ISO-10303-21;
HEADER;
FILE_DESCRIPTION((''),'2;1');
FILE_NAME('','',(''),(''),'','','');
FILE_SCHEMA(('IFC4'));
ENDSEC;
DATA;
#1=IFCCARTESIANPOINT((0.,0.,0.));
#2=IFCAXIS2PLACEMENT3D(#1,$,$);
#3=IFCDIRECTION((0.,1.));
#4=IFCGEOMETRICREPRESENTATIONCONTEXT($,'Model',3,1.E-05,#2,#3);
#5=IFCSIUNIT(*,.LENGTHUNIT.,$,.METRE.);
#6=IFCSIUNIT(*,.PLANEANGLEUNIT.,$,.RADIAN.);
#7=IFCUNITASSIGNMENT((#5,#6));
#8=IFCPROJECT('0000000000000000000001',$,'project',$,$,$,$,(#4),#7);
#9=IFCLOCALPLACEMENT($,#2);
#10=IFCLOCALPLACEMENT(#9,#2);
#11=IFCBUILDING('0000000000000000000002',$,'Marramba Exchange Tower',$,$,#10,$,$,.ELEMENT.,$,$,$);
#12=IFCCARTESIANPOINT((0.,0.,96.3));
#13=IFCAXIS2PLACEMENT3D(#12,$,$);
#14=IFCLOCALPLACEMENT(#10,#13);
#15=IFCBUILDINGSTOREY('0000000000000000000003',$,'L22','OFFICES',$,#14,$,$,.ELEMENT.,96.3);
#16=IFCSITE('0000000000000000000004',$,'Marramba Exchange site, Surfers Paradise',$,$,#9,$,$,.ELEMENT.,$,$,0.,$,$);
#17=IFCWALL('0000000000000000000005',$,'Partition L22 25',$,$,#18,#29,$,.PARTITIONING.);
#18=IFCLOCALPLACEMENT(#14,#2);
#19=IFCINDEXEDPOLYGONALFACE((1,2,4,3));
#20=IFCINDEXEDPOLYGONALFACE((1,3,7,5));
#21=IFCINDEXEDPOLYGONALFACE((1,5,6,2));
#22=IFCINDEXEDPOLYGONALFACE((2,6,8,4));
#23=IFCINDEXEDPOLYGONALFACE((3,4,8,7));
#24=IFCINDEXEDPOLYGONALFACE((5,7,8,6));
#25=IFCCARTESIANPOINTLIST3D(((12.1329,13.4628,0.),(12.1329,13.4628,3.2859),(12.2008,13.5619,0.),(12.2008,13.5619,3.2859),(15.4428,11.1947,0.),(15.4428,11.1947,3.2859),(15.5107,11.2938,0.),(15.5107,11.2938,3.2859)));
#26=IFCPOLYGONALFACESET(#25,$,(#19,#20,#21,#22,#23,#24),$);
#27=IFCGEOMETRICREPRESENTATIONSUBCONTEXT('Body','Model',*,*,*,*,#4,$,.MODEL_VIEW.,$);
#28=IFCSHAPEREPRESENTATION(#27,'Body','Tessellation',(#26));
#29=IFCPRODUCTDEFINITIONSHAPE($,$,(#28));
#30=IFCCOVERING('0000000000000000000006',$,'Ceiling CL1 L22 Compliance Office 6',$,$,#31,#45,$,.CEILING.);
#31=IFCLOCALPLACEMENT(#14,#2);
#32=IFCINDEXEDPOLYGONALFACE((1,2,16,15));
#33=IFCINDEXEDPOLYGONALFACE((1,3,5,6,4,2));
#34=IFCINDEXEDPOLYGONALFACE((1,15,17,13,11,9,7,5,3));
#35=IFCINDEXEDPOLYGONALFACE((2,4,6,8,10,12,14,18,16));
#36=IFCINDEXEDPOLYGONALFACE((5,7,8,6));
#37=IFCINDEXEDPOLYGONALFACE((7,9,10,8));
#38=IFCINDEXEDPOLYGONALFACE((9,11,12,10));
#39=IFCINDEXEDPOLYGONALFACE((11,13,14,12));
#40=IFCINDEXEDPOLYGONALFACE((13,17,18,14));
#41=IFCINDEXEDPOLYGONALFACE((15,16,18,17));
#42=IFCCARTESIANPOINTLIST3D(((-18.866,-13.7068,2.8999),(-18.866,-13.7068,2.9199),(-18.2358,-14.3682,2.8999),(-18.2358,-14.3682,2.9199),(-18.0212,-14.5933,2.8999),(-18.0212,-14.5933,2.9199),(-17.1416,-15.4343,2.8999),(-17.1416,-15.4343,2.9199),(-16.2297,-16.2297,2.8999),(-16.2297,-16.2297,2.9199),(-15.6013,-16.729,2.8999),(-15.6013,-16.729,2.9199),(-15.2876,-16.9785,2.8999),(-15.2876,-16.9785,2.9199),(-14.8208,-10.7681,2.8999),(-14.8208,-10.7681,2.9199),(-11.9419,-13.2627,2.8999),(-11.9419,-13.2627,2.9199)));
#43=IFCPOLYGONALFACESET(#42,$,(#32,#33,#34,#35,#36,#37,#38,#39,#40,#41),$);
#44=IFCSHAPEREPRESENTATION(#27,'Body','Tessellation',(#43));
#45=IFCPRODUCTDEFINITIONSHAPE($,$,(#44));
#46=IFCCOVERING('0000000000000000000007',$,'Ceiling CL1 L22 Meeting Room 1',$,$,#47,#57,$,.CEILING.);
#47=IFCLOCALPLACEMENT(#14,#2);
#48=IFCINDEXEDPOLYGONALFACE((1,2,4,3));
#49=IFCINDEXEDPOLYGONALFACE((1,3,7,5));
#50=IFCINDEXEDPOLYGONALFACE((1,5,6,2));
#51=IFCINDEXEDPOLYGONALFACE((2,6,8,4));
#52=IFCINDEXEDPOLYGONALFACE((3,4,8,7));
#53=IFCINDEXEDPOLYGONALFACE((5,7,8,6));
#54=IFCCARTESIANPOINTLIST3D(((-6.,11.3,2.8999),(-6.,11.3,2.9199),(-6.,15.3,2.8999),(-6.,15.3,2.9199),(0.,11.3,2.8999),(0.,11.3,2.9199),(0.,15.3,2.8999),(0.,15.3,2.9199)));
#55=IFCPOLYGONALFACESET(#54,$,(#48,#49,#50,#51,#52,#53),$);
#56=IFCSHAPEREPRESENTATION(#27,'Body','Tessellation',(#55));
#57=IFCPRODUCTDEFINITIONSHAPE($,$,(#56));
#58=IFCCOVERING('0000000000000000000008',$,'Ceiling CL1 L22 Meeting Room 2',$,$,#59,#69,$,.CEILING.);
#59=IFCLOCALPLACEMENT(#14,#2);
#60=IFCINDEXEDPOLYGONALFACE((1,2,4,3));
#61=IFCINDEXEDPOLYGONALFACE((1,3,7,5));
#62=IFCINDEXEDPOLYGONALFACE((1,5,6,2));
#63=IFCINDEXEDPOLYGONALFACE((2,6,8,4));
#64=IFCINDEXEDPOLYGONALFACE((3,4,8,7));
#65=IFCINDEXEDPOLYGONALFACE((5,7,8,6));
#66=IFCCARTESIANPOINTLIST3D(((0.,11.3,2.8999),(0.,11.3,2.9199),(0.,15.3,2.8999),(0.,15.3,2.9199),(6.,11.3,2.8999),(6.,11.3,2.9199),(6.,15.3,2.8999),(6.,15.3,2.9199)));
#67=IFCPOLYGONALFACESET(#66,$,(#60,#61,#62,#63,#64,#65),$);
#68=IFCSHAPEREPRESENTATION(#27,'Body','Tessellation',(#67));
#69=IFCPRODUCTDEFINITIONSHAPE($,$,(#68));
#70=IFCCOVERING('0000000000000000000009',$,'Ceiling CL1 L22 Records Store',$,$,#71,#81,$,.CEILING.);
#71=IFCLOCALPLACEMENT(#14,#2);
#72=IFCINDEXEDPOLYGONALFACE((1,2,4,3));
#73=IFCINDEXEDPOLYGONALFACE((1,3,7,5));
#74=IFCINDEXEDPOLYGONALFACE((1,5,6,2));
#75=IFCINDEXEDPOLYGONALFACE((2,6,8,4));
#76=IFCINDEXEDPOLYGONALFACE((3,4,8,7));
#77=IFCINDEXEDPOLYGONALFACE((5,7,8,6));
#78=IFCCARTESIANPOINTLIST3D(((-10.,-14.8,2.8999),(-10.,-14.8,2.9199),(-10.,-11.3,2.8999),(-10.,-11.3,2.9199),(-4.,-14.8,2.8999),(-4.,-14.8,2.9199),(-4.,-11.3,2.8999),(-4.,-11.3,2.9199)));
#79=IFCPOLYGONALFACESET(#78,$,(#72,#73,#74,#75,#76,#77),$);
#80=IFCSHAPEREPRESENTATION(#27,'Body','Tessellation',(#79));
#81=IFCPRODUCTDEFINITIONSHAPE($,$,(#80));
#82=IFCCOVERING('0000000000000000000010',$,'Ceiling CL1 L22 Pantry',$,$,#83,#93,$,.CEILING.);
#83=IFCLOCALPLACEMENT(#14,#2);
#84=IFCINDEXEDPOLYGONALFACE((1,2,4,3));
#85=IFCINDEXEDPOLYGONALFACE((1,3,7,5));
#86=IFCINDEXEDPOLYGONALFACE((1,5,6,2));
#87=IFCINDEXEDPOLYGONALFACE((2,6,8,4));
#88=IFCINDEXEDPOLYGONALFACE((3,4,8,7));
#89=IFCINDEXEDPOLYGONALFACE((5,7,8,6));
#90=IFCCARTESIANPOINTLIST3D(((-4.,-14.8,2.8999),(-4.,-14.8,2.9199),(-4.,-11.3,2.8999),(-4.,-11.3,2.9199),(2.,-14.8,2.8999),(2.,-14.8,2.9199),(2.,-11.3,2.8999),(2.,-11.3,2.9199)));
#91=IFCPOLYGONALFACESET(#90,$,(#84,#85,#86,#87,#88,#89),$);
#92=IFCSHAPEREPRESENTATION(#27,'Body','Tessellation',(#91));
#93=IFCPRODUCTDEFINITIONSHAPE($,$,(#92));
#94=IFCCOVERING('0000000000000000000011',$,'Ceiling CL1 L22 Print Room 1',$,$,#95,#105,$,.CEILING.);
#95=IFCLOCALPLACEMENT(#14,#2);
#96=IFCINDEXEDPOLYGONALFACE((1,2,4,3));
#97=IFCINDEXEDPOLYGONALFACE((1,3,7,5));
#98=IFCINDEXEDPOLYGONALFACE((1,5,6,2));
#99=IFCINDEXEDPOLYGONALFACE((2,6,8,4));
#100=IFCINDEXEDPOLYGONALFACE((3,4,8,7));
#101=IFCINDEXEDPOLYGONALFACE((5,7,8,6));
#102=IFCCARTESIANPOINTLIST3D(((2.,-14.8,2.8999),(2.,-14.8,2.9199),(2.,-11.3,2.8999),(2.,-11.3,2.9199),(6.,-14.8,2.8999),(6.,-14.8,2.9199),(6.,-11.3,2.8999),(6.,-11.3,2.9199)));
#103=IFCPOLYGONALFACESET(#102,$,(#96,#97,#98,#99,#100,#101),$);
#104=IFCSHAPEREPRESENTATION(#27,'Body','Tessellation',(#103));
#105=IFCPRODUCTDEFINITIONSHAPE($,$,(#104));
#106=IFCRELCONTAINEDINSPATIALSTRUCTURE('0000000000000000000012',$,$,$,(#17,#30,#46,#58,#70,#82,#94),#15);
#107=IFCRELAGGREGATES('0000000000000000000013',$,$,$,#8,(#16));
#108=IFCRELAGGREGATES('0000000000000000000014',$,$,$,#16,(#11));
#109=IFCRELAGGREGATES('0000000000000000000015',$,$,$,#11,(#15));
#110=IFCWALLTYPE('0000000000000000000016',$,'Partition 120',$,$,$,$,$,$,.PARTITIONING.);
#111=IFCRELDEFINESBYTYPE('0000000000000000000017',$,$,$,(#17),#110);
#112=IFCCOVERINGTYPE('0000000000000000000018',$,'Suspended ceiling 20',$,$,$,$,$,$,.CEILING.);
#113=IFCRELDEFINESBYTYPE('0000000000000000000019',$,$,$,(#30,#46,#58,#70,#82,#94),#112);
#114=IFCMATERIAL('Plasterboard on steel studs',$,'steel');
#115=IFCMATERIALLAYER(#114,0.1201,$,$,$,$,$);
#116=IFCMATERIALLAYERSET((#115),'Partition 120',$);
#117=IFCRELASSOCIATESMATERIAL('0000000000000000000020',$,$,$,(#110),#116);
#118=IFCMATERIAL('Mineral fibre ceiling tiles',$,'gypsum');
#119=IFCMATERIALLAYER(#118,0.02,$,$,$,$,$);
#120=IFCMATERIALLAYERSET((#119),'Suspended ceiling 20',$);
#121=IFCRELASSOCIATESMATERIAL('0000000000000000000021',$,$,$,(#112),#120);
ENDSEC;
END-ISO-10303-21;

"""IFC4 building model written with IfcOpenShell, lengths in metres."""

from ifc_helpers import new_model, si_unit, direction, frame, frame_2d, origin, place, context, subcontext, project, spatial, polyline, rectangle, outline, extrude, material, layer, layer_set, type_object, element, save


model = new_model("IFC4")

# Units and contexts
model_context = context("Model", 3, precision=1e-05, world=origin(), true_north=direction((0.0, 1.0)))
body_context = subcontext(model_context, "Body", "Model", "MODEL_VIEW")
ifc_project = project(units=[si_unit("LENGTHUNIT", "METRE"), si_unit("PLANEANGLEUNIT", "RADIAN")], contexts=[model_context])

# Site, building, storey
site_placement = place(None, origin())
site = spatial("IfcSite", under=ifc_project, at=site_placement, Name="Marramba Exchange site, Surfers Paradise", CompositionType="ELEMENT", RefElevation=0.0)
building_placement = place(site_placement, origin())
building = spatial("IfcBuilding", under=site, at=building_placement, Name="Marramba Exchange Tower", CompositionType="ELEMENT")
storey_placement = place(building_placement, frame((0.0, 0.0, 96.3)))
storey = spatial("IfcBuildingStorey", under=building, at=storey_placement, Name="L22", Description="OFFICES", CompositionType="ELEMENT", Elevation=96.3)

# Wall
ifc_material_1 = material(Name="Plasterboard on steel studs", Category="steel")
ifc_layer_1 = layer(ifc_material_1, 0.1201)
ifc_layer_set_1 = layer_set([ifc_layer_1], Name="Partition 120")
wall_type_1 = type_object("IfcWallType", Name="Partition 120", PredefinedType="PARTITIONING", material=ifc_layer_set_1)
wall_1_placement = place(storey_placement, frame((12.1667, 13.5125, 0.0), z_axis=(0.0, 0.0, 1.0), x_axis=(0.824906, -0.565271, 0.0)))
element("IfcWall", 1, at=wall_1_placement, inside=storey, type_object=wall_type_1, Name="Partition L22 25", PredefinedType="PARTITIONING", context=body_context, shape_type="SweptSolid", body=[
    extrude(rectangle(XDim=4.0125, YDim=0.1201, at=frame_2d((2.0063, 0.0))), origin(), (0.0, 0.0, 1.0), 3.2859),
])

# Coverings
ifc_material_2 = material(Name="Mineral fibre ceiling tiles", Category="gypsum")
ifc_layer_2 = layer(ifc_material_2, 0.02)
ifc_layer_set_2 = layer_set([ifc_layer_2], Name="Suspended ceiling 20")
covering_type = type_object("IfcCoveringType", Name="Suspended ceiling 20", PredefinedType="CEILING", material=ifc_layer_set_2)
covering_1_placement = place(storey_placement, frame((0.0, 0.0, 2.8999)))
element("IfcCovering", 2, at=covering_1_placement, inside=storey, type_object=covering_type, Name="Ceiling CL1 L22 Compliance Office 6", PredefinedType="CEILING", context=body_context, shape_type="SweptSolid", body=[
    extrude(outline(polyline([(-15.6013, -16.729), (-16.2297, -16.2297), (-17.1416, -15.4343), (-18.0212, -14.5933), (-18.2358, -14.3682), (-18.866, -13.7068), (-14.8208, -10.7681), (-11.9419, -13.2627), (-15.2876, -16.9785), (-15.6013, -16.729)])), origin(), (0.0, 0.0, 1.0), 0.02),
])
covering_2_placement = place(storey_placement, frame((0.0, 0.0, 2.8999)))
element("IfcCovering", 3, at=covering_2_placement, inside=storey, type_object=covering_type, Name="Ceiling CL1 L22 Meeting Room 1", PredefinedType="CEILING", context=body_context, shape_type="SweptSolid", body=[
    extrude(outline(polyline([(0.0, 11.3), (-6.0, 11.3), (-6.0, 15.3), (0.0, 15.3), (0.0, 11.3)])), origin(), (0.0, 0.0, 1.0), 0.02),
])
covering_3_placement = place(storey_placement, frame((0.0, 0.0, 2.8999)))
element("IfcCovering", 4, at=covering_3_placement, inside=storey, type_object=covering_type, Name="Ceiling CL1 L22 Meeting Room 2", PredefinedType="CEILING", context=body_context, shape_type="SweptSolid", body=[
    extrude(outline(polyline([(6.0, 11.3), (0.0, 11.3), (0.0, 15.3), (6.0, 15.3), (6.0, 11.3)])), origin(), (0.0, 0.0, 1.0), 0.02),
])
covering_4_placement = place(storey_placement, frame((0.0, 0.0, 2.8999)))
element("IfcCovering", 5, at=covering_4_placement, inside=storey, type_object=covering_type, Name="Ceiling CL1 L22 Records Store", PredefinedType="CEILING", context=body_context, shape_type="SweptSolid", body=[
    extrude(outline(polyline([(-4.0, -14.8), (-10.0, -14.8), (-10.0, -11.3), (-4.0, -11.3), (-4.0, -14.8)])), origin(), (0.0, 0.0, 1.0), 0.02),
])
covering_5_placement = place(storey_placement, frame((0.0, 0.0, 2.8999)))
element("IfcCovering", 6, at=covering_5_placement, inside=storey, type_object=covering_type, Name="Ceiling CL1 L22 Pantry", PredefinedType="CEILING", context=body_context, shape_type="SweptSolid", body=[
    extrude(outline(polyline([(2.0, -14.8), (-4.0, -14.8), (-4.0, -11.3), (2.0, -11.3), (2.0, -14.8)])), origin(), (0.0, 0.0, 1.0), 0.02),
])
covering_6_placement = place(storey_placement, frame((0.0, 0.0, 2.8999)))
element("IfcCovering", 7, at=covering_6_placement, inside=storey, type_object=covering_type, Name="Ceiling CL1 L22 Print Room 1", PredefinedType="CEILING", context=body_context, shape_type="SweptSolid", body=[
    extrude(outline(polyline([(6.0, -11.3), (6.0, -14.8), (2.0, -14.8), (2.0, -11.3), (6.0, -11.3)])), origin(), (0.0, 0.0, 1.0), 0.02),
])

save(model, "model.ifc")
